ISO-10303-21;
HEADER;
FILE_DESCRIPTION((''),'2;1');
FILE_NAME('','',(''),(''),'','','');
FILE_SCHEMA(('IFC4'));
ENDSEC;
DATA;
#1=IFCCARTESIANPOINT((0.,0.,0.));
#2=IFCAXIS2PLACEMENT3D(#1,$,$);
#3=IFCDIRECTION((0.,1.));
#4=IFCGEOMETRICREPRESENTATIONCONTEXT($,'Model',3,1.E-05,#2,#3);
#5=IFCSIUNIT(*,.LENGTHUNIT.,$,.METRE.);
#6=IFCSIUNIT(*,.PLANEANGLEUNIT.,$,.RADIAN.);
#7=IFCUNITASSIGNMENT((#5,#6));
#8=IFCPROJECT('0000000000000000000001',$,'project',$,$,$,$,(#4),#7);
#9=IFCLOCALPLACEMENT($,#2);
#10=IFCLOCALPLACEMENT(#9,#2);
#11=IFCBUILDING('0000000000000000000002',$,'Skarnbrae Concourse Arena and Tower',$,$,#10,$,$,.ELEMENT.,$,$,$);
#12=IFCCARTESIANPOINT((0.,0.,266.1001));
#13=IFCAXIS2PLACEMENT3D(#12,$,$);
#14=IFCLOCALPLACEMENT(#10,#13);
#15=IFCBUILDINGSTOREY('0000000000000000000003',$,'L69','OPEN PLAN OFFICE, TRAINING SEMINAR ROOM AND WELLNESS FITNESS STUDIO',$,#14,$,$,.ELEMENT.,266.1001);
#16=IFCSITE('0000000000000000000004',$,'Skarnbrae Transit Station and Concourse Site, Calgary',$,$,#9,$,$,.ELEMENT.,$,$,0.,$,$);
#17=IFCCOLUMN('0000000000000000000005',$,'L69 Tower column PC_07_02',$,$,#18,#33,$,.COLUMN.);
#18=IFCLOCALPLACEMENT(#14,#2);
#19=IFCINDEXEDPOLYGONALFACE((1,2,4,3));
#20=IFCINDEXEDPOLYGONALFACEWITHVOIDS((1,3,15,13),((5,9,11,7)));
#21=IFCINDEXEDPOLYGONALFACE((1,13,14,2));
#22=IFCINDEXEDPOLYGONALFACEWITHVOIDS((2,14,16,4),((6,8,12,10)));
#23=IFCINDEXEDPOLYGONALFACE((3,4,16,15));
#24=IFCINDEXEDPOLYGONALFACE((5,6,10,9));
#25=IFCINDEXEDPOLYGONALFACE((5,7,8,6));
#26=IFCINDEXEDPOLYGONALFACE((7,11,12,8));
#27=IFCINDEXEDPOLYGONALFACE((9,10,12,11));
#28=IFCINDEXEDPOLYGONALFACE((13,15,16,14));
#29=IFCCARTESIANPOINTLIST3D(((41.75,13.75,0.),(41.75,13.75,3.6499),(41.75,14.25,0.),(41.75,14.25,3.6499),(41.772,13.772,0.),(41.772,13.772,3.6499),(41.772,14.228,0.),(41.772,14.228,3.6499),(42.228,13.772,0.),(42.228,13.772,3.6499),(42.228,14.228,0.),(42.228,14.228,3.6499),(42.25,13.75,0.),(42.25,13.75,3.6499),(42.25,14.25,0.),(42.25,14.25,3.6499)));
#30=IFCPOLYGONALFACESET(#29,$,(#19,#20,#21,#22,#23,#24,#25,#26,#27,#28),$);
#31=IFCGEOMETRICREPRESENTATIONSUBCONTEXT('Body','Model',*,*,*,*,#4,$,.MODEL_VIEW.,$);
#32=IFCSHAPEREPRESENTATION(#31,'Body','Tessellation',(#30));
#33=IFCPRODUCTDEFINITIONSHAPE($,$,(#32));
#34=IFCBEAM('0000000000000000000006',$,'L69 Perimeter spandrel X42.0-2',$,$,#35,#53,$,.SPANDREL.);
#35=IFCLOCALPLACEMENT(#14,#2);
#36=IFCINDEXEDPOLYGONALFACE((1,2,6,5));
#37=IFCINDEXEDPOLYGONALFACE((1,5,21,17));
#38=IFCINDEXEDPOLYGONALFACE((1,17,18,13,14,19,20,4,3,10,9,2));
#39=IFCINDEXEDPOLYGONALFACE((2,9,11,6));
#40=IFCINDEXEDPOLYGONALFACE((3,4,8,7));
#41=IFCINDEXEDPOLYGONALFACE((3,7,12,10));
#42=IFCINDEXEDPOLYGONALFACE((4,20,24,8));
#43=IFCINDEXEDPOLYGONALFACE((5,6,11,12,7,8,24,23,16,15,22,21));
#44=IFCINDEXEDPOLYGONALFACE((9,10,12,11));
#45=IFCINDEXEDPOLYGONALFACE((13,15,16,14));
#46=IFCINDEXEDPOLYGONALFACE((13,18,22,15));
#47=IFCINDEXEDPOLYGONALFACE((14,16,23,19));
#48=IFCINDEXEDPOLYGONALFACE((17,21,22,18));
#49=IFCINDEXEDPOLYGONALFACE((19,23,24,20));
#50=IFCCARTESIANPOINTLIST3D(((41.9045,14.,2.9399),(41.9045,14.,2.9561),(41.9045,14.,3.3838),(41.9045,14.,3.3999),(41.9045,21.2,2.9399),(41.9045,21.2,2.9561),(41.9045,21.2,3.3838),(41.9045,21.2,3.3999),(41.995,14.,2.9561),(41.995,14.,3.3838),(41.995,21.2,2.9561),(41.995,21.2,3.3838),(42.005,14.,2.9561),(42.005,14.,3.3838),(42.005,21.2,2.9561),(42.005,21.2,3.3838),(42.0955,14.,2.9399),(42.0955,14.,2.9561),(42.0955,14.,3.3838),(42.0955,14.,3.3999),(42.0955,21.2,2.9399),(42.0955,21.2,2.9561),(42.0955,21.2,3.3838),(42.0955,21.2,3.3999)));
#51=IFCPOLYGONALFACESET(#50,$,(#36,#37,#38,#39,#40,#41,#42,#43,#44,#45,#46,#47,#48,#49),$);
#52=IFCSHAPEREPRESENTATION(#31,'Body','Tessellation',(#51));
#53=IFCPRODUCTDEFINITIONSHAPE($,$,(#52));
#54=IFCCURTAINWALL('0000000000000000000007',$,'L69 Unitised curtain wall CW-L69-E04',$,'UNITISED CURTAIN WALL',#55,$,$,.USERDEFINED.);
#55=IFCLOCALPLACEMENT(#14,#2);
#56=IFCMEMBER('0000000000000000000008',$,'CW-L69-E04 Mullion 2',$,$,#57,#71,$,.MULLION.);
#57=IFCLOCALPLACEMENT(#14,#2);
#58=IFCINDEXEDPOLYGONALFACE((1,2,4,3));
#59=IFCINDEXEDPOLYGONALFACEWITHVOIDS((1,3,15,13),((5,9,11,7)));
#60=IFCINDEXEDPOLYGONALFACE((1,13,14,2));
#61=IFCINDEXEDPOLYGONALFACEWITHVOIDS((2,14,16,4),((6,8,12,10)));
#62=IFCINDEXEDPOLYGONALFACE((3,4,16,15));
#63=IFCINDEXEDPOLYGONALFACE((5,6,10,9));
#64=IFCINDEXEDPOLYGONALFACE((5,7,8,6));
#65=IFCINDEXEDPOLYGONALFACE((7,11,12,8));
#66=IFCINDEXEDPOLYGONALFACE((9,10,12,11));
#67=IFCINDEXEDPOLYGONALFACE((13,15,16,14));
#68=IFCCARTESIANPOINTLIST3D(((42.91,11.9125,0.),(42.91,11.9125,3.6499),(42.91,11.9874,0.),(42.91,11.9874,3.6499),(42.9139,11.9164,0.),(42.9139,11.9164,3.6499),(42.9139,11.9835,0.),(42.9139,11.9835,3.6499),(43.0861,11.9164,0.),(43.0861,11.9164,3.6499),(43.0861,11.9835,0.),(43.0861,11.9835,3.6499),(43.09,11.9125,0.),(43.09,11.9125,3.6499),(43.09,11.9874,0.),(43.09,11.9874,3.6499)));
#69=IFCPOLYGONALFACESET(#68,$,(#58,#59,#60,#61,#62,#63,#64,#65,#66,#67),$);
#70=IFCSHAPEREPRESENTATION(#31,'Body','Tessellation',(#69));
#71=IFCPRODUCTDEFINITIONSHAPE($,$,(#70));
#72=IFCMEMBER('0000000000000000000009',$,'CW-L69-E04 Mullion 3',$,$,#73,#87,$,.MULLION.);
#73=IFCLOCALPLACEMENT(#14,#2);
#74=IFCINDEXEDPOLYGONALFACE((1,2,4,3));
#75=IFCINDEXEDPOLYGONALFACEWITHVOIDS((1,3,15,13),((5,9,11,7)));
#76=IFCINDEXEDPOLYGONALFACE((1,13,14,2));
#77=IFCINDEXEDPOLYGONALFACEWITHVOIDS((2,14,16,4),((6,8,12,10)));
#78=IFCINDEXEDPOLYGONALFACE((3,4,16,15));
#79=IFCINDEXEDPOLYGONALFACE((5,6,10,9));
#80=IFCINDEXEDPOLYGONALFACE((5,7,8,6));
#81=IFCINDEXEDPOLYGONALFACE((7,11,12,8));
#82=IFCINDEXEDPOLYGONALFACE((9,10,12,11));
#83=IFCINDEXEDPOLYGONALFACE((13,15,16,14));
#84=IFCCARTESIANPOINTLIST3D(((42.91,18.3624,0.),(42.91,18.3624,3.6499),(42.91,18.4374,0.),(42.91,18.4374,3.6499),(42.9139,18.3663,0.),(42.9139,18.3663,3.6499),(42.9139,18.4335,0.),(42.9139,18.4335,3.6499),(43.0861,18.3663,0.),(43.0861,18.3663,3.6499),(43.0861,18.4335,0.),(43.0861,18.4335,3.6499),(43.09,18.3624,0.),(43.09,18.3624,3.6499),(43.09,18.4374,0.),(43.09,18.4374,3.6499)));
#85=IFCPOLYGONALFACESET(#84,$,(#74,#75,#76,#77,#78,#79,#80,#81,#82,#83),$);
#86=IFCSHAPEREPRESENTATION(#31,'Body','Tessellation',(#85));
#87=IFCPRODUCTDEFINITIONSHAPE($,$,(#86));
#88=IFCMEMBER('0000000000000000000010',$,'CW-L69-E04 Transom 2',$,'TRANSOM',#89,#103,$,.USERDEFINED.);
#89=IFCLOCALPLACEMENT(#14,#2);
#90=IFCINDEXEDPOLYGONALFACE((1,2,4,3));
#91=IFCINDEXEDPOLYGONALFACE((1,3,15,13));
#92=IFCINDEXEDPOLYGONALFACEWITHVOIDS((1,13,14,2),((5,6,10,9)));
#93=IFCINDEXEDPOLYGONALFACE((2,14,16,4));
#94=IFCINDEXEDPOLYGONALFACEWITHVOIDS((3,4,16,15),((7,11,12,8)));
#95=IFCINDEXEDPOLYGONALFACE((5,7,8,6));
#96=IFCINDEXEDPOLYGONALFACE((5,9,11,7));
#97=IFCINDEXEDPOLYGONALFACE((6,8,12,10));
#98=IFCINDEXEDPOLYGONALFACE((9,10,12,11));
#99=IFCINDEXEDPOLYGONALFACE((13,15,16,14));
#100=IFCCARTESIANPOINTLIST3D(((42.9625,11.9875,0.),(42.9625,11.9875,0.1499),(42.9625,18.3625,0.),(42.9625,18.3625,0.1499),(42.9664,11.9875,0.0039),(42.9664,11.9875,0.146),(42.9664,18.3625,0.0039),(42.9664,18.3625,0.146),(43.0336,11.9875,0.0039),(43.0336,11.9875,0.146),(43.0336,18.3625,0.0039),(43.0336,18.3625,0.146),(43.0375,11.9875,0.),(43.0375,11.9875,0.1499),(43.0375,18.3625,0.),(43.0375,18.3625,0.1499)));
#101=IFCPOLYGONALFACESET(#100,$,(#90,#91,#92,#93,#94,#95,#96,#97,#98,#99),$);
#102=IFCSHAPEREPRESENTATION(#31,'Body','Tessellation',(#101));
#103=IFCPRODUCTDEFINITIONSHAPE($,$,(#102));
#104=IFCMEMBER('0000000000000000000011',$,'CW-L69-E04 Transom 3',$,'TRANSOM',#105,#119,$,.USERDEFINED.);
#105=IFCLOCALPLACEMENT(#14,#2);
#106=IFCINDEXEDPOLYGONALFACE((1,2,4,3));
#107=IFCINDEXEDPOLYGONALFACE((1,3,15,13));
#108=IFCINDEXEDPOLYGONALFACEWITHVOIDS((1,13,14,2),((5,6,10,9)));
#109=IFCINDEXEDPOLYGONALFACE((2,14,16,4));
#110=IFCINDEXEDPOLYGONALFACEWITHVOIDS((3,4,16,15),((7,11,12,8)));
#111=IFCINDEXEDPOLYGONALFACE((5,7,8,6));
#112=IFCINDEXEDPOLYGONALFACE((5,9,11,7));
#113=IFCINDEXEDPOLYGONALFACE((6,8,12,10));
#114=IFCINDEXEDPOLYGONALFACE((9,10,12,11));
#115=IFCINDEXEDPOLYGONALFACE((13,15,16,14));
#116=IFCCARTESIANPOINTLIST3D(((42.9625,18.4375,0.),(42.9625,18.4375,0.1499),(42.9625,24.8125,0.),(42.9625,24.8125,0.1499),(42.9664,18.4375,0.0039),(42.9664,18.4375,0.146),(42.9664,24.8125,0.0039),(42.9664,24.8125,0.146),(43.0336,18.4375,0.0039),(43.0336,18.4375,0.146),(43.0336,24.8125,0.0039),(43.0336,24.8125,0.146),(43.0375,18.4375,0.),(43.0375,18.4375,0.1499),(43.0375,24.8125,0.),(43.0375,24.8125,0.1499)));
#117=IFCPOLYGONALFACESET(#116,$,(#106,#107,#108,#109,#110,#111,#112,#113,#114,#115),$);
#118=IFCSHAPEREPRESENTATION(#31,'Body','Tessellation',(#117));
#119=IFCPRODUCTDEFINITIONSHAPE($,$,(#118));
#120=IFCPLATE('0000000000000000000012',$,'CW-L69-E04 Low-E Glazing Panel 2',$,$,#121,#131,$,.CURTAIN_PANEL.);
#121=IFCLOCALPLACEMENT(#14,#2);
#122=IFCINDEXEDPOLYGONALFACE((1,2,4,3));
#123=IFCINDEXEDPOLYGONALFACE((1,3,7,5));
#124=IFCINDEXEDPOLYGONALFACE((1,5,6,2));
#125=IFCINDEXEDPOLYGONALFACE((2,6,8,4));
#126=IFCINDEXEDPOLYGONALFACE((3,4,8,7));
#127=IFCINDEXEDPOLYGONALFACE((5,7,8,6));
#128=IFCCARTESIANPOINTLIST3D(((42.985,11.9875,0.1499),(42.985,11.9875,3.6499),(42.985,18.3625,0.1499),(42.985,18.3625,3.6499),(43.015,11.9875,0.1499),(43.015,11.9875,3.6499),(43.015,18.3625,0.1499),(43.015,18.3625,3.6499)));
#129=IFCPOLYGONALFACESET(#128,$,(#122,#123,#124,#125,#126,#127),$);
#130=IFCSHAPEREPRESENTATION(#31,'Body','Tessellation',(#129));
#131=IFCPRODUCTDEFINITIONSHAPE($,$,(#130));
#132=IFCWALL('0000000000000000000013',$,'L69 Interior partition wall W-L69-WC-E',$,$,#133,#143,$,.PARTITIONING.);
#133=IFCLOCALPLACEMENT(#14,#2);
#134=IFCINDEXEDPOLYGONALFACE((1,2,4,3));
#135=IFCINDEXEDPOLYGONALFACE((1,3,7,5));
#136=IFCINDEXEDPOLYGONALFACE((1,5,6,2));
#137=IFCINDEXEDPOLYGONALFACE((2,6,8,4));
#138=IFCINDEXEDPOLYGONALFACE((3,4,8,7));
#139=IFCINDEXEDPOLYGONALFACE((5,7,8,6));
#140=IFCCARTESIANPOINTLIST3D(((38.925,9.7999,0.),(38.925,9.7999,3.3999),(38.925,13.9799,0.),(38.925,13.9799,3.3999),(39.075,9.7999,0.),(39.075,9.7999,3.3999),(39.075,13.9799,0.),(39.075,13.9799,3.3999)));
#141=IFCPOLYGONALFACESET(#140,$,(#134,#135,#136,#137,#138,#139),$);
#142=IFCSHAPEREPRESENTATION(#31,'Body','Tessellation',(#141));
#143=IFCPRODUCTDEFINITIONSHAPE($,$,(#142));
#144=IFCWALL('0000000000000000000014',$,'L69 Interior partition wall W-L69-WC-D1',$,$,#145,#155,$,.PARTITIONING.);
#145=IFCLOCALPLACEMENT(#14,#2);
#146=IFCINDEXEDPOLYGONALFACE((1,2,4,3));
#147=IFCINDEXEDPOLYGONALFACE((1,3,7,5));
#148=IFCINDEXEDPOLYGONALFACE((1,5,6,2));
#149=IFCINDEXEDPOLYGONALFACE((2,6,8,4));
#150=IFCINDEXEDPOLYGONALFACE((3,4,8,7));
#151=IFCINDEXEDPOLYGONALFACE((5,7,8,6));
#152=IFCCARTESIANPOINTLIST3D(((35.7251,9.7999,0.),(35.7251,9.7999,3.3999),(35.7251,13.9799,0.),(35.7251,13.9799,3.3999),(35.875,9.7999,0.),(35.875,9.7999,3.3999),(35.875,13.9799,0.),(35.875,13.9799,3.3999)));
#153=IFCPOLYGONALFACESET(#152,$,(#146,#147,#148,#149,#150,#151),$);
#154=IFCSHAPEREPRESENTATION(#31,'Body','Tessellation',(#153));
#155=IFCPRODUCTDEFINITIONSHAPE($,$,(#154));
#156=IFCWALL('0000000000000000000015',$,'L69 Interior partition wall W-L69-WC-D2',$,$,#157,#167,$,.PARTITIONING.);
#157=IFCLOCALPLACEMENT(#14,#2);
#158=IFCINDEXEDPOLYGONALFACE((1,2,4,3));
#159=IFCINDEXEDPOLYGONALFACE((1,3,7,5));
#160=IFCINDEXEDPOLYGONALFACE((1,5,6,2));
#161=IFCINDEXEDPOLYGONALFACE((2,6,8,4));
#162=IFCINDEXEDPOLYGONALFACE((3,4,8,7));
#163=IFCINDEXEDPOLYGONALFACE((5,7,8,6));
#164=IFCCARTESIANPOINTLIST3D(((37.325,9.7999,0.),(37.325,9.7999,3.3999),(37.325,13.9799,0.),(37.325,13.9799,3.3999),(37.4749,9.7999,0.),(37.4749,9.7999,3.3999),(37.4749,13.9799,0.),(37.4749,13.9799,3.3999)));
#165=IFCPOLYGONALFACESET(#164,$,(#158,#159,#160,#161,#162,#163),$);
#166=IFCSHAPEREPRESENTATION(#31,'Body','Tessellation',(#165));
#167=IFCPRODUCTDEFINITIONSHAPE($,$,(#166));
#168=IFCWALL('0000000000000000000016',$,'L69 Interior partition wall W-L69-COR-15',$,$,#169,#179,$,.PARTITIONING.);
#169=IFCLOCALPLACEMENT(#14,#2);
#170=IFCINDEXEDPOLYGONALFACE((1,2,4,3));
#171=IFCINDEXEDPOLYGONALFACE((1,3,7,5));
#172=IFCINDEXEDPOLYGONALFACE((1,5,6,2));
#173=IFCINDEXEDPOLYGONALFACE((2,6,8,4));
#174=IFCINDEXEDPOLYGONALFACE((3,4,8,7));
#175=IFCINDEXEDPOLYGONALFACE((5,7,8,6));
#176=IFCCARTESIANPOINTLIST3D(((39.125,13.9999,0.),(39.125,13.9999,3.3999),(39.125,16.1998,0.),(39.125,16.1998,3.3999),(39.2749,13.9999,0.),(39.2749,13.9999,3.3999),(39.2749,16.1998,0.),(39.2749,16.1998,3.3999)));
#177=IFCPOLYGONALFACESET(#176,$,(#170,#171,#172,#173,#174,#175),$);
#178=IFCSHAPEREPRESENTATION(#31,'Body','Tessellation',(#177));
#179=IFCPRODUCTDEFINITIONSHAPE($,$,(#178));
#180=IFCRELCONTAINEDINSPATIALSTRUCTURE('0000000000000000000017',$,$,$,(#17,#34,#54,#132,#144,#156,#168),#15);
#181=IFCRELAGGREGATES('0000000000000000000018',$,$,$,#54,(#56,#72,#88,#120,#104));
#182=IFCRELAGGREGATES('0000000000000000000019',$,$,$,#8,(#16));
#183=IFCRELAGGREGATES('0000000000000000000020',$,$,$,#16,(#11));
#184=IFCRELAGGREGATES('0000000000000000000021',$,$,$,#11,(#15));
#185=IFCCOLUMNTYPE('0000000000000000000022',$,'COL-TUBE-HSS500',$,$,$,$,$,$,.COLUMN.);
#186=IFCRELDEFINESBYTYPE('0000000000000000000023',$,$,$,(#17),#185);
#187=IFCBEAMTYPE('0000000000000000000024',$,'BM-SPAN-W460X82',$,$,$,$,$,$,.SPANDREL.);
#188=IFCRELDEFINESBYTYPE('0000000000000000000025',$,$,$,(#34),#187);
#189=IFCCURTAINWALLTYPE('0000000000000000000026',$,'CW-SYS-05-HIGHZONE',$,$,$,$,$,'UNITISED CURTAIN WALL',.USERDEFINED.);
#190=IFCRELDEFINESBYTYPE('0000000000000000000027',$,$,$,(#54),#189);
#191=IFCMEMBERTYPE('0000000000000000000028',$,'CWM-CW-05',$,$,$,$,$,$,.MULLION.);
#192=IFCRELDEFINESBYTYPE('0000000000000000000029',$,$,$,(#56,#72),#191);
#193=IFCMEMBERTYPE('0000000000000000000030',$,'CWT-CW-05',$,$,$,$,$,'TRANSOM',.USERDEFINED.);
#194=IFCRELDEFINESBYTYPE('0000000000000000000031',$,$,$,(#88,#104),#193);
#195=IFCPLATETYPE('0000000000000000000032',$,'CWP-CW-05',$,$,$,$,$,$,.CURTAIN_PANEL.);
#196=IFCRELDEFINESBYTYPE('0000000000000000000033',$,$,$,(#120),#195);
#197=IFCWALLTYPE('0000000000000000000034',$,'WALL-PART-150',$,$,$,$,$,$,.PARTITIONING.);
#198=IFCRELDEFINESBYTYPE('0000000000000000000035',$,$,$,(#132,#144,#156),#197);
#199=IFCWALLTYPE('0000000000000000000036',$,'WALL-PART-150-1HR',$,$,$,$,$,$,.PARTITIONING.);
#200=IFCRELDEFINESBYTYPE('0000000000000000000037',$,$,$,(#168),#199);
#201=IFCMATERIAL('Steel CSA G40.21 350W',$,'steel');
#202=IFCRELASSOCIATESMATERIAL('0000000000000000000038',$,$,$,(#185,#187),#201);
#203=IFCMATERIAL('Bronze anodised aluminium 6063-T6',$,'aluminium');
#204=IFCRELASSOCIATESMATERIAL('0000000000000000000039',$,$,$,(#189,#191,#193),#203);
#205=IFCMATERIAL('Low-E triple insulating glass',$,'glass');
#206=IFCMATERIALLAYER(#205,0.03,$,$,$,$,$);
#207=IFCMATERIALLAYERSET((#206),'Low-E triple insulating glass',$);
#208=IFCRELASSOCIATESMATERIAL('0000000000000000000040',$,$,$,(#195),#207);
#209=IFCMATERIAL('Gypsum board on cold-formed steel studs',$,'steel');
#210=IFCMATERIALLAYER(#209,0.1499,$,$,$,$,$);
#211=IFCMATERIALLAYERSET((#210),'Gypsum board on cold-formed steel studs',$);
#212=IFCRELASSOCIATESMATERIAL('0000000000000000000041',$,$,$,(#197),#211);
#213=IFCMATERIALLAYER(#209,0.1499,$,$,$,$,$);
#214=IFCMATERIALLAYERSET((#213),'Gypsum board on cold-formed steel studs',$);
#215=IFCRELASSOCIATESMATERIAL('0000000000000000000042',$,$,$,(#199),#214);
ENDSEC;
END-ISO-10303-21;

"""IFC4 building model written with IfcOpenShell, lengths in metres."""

from ifc_helpers import new_model, si_unit, direction, frame, frame_2d, origin, origin_2d, place, context, subcontext, project, spatial, rectangle, hollow_rectangle, i_section, extrude, source, transform, mapped, material, layer, layer_set, material_profile, profile_set, type_object, element, aggregate, save


model = new_model("IFC4")

# Units and contexts
model_context = context("Model", 3, precision=1e-05, world=origin(), true_north=direction((0.0, 1.0)))
body_context = subcontext(model_context, "Body", "Model", "MODEL_VIEW")
ifc_project = project(units=[si_unit("LENGTHUNIT", "METRE"), si_unit("PLANEANGLEUNIT", "RADIAN")], contexts=[model_context])

# Site, building, storey
site_placement = place(None, origin())
site = spatial("IfcSite", under=ifc_project, at=site_placement, Name="Skarnbrae Transit Station and Concourse Site, Calgary", CompositionType="ELEMENT", RefElevation=0.0)
building_placement = place(site_placement, origin())
building = spatial("IfcBuilding", under=site, at=building_placement, Name="Skarnbrae Concourse Arena and Tower", CompositionType="ELEMENT")
storey_placement = place(building_placement, frame((0.0, 0.0, 266.1001)))
storey = spatial("IfcBuildingStorey", under=building, at=storey_placement, Name="L69", Description="OPEN PLAN OFFICE, TRAINING SEMINAR ROOM AND WELLNESS FITNESS STUDIO", CompositionType="ELEMENT", Elevation=266.1001)

# Column
ifc_material_1 = material(Name="Steel CSA G40.21 350W", Category="steel")
ifc_material_profile_1 = material_profile(ifc_material_1, hollow_rectangle(XDim=0.5, YDim=0.5, WallThickness=0.022, at=origin_2d()), Name="HSS500X500X22.0")
ifc_profile_set_1 = profile_set([ifc_material_profile_1], Name="Steel CSA G40.21 350W")
column_type = type_object("IfcColumnType", Name="COL-TUBE-HSS500", PredefinedType="COLUMN", material=ifc_profile_set_1)
shared_shape_1 = source(origin(), body_context, "Body", "SweptSolid", [
    extrude(hollow_rectangle(XDim=0.5, YDim=0.5, WallThickness=0.022, at=origin_2d()), origin(), (0.0, 0.0, 1.0), 3.6499),
])
column_placement = place(storey_placement, frame((42.0, 14.0, 0.0), z_axis=(0.0, 0.0, 1.0), x_axis=(1.0, 0.0, 0.0)))
element("IfcColumn", 1, at=column_placement, inside=storey, type_object=column_type, Name="L69 Tower column PC_07_02", PredefinedType="COLUMN", context=body_context, shape_type="MappedRepresentation", body=[
    mapped(shared_shape_1, transform((0.0, 0.0, 0.0))),
])

# Beam
ifc_material_profile_2 = material_profile(ifc_material_1, i_section(OverallWidth=0.1909, OverallDepth=0.46, WebThickness=0.01, FlangeThickness=0.0161, at=origin_2d()), Name="W460X82")
ifc_profile_set_2 = profile_set([ifc_material_profile_2], Name="Steel CSA G40.21 350W")
beam_type = type_object("IfcBeamType", Name="BM-SPAN-W460X82", PredefinedType="SPANDREL", material=ifc_profile_set_2)
shared_shape_2 = source(origin(), body_context, "Body", "SweptSolid", [
    extrude(i_section(OverallWidth=0.1909, OverallDepth=0.46, WebThickness=0.01, FlangeThickness=0.0161, at=origin_2d()), origin(), (0.0, 0.0, 1.0), 7.2),
])
beam_placement = place(storey_placement, frame((42.0, 14.0, 3.1699), z_axis=(0.0, 1.0, 0.0), x_axis=(-1.0, 0.0, 0.0)))
element("IfcBeam", 2, at=beam_placement, inside=storey, type_object=beam_type, Name="L69 Perimeter spandrel X42.0-2", PredefinedType="SPANDREL", context=body_context, shape_type="MappedRepresentation", body=[
    mapped(shared_shape_2, transform((0.0, 0.0, 0.0))),
])

# Curtain wall, members, plate
ifc_material_2 = material(Name="Bronze anodised aluminium 6063-T6", Category="aluminium")
curtain_wall_type = type_object("IfcCurtainWallType", Name="CW-SYS-05-HIGHZONE", ElementType="UNITISED CURTAIN WALL", PredefinedType="USERDEFINED", material=ifc_material_2)
curtain_wall_placement = place(storey_placement, origin())
curtain_wall = element("IfcCurtainWall", 3, at=curtain_wall_placement, inside=storey, type_object=curtain_wall_type, Name="L69 Unitised curtain wall CW-L69-E04", ObjectType="UNITISED CURTAIN WALL", PredefinedType="USERDEFINED")
ifc_material_profile_3 = material_profile(ifc_material_2, hollow_rectangle(XDim=0.075, YDim=0.1799, WallThickness=0.0039, at=origin_2d()), Name="ALU-MULL-75X180")
ifc_profile_set_3 = profile_set([ifc_material_profile_3], Name="Bronze anodised aluminium 6063-T6")
member_type_1 = type_object("IfcMemberType", Name="CWM-CW-05", PredefinedType="MULLION", material=ifc_profile_set_3)
shared_shape_3 = source(origin(), body_context, "Body", "SweptSolid", [
    extrude(hollow_rectangle(XDim=0.075, YDim=0.1799, WallThickness=0.0039, at=origin_2d()), origin(), (0.0, 0.0, 1.0), 3.6499),
])
member_1_placement = place(storey_placement, frame((43.0, 11.95, 0.0), z_axis=(0.0, 0.0, 1.0), x_axis=(0.0, 1.0, 0.0)))
member_1 = element("IfcMember", 4, at=member_1_placement, type_object=member_type_1, Name="CW-L69-E04 Mullion 2", PredefinedType="MULLION", context=body_context, shape_type="MappedRepresentation", body=[
    mapped(shared_shape_3, transform((0.0, 0.0, 0.0))),
])
member_2_placement = place(storey_placement, frame((43.0, 18.3999, 0.0), z_axis=(0.0, 0.0, 1.0), x_axis=(0.0, 1.0, 0.0)))
member_2 = element("IfcMember", 5, at=member_2_placement, type_object=member_type_1, Name="CW-L69-E04 Mullion 3", PredefinedType="MULLION", context=body_context, shape_type="MappedRepresentation", body=[
    mapped(shared_shape_3, transform((0.0, 0.0, 0.0))),
])
ifc_material_profile_4 = material_profile(ifc_material_2, hollow_rectangle(XDim=0.075, YDim=0.1499, WallThickness=0.0039, at=origin_2d()), Name="ALU-TRAN-75X150")
ifc_profile_set_4 = profile_set([ifc_material_profile_4], Name="Bronze anodised aluminium 6063-T6")
member_type_2 = type_object("IfcMemberType", Name="CWT-CW-05", ElementType="TRANSOM", PredefinedType="USERDEFINED", material=ifc_profile_set_4)
shared_shape_4 = source(origin(), body_context, "Body", "SweptSolid", [
    extrude(hollow_rectangle(XDim=0.075, YDim=0.1499, WallThickness=0.0039, at=origin_2d()), origin(), (0.0, 0.0, 1.0), 6.375),
])
member_3_placement = place(storey_placement, frame((43.0, 11.9875, 0.075), z_axis=(0.0, 1.0, 0.0), x_axis=(-1.0, 0.0, 0.0)))
member_3 = element("IfcMember", 6, at=member_3_placement, type_object=member_type_2, Name="CW-L69-E04 Transom 2", ObjectType="TRANSOM", PredefinedType="USERDEFINED", context=body_context, shape_type="MappedRepresentation", body=[
    mapped(shared_shape_4, transform((0.0, 0.0, 0.0))),
])
member_4_placement = place(storey_placement, frame((43.0, 18.4375, 0.075), z_axis=(0.0, 1.0, 0.0), x_axis=(-1.0, 0.0, 0.0)))
member_4 = element("IfcMember", 7, at=member_4_placement, type_object=member_type_2, Name="CW-L69-E04 Transom 3", ObjectType="TRANSOM", PredefinedType="USERDEFINED", context=body_context, shape_type="MappedRepresentation", body=[
    mapped(shared_shape_4, transform((0.0, 0.0, 0.0))),
])
ifc_material_3 = material(Name="Low-E triple insulating glass", Category="glass")
ifc_layer_1 = layer(ifc_material_3, 0.03)
ifc_layer_set_1 = layer_set([ifc_layer_1], Name="Low-E triple insulating glass")
plate_type = type_object("IfcPlateType", Name="CWP-CW-05", PredefinedType="CURTAIN_PANEL", material=ifc_layer_set_1)
shared_shape_5 = source(origin(), body_context, "Body", "SweptSolid", [
    extrude(rectangle(XDim=6.375, YDim=0.03, at=origin_2d()), origin(), (0.0, 0.0, 1.0), 3.5),
])
plate_placement = place(storey_placement, frame((43.0, 15.175, 0.1499), z_axis=(0.0, 0.0, 1.0), x_axis=(0.0, 1.0, 0.0)))
plate = element("IfcPlate", 8, at=plate_placement, type_object=plate_type, Name="CW-L69-E04 Low-E Glazing Panel 2", PredefinedType="CURTAIN_PANEL", context=body_context, shape_type="MappedRepresentation", body=[
    mapped(shared_shape_5, transform((0.0, 0.0, 0.0))),
])
aggregate(curtain_wall, [member_1, member_2, member_3, plate, member_4])

# Walls
ifc_material_4 = material(Name="Gypsum board on cold-formed steel studs", Category="steel")
ifc_layer_2 = layer(ifc_material_4, 0.1499)
ifc_layer_set_2 = layer_set([ifc_layer_2], Name="Gypsum board on cold-formed steel studs")
wall_type_1 = type_object("IfcWallType", Name="WALL-PART-150", PredefinedType="PARTITIONING", material=ifc_layer_set_2)
shared_shape_6 = source(origin(), body_context, "Body", "SweptSolid", [
    extrude(rectangle(XDim=4.1799, YDim=0.1499, at=frame_2d((2.0898, 0.0))), origin(), (0.0, 0.0, 1.0), 3.3999),
])
for number, where, z_axis, x_axis, name in (
    (9, (39.0, 9.8, 0.0), (0.0, 0.0, 1.0), (0.0, 1.0, 0.0), "L69 Interior partition wall W-L69-WC-E"),
    (10, (35.8, 9.8, 0.0), (0.0, 0.0, 1.0), (0.0, 1.0, 0.0), "L69 Interior partition wall W-L69-WC-D1"),
    (11, (37.3999, 9.8, 0.0), (0.0, 0.0, 1.0), (0.0, 1.0, 0.0), "L69 Interior partition wall W-L69-WC-D2"),
):
    element("IfcWall", number, at=place(storey_placement, frame(where, z_axis=z_axis, x_axis=x_axis)), inside=storey, type_object=wall_type_1, Name=name, PredefinedType="PARTITIONING", context=body_context, shape_type="MappedRepresentation", body=[
        mapped(shared_shape_6, transform((0.0, 0.0, 0.0))),
    ])
ifc_layer_3 = layer(ifc_material_4, 0.1499)
ifc_layer_set_3 = layer_set([ifc_layer_3], Name="Gypsum board on cold-formed steel studs")
wall_type_2 = type_object("IfcWallType", Name="WALL-PART-150-1HR", PredefinedType="PARTITIONING", material=ifc_layer_set_3)
shared_shape_7 = source(origin(), body_context, "Body", "SweptSolid", [
    extrude(rectangle(XDim=2.2, YDim=0.1499, at=frame_2d((1.1001, 0.0))), origin(), (0.0, 0.0, 1.0), 3.3999),
])
wall_1_placement = place(storey_placement, frame((39.2, 16.2, 0.0), z_axis=(0.0, 0.0, 1.0), x_axis=(0.0, -1.0, 0.0)))
element("IfcWall", 12, at=wall_1_placement, inside=storey, type_object=wall_type_2, Name="L69 Interior partition wall W-L69-COR-15", PredefinedType="PARTITIONING", context=body_context, shape_type="MappedRepresentation", body=[
    mapped(shared_shape_7, transform((0.0, 0.0, 0.0))),
])

save(model, "model.ifc")
